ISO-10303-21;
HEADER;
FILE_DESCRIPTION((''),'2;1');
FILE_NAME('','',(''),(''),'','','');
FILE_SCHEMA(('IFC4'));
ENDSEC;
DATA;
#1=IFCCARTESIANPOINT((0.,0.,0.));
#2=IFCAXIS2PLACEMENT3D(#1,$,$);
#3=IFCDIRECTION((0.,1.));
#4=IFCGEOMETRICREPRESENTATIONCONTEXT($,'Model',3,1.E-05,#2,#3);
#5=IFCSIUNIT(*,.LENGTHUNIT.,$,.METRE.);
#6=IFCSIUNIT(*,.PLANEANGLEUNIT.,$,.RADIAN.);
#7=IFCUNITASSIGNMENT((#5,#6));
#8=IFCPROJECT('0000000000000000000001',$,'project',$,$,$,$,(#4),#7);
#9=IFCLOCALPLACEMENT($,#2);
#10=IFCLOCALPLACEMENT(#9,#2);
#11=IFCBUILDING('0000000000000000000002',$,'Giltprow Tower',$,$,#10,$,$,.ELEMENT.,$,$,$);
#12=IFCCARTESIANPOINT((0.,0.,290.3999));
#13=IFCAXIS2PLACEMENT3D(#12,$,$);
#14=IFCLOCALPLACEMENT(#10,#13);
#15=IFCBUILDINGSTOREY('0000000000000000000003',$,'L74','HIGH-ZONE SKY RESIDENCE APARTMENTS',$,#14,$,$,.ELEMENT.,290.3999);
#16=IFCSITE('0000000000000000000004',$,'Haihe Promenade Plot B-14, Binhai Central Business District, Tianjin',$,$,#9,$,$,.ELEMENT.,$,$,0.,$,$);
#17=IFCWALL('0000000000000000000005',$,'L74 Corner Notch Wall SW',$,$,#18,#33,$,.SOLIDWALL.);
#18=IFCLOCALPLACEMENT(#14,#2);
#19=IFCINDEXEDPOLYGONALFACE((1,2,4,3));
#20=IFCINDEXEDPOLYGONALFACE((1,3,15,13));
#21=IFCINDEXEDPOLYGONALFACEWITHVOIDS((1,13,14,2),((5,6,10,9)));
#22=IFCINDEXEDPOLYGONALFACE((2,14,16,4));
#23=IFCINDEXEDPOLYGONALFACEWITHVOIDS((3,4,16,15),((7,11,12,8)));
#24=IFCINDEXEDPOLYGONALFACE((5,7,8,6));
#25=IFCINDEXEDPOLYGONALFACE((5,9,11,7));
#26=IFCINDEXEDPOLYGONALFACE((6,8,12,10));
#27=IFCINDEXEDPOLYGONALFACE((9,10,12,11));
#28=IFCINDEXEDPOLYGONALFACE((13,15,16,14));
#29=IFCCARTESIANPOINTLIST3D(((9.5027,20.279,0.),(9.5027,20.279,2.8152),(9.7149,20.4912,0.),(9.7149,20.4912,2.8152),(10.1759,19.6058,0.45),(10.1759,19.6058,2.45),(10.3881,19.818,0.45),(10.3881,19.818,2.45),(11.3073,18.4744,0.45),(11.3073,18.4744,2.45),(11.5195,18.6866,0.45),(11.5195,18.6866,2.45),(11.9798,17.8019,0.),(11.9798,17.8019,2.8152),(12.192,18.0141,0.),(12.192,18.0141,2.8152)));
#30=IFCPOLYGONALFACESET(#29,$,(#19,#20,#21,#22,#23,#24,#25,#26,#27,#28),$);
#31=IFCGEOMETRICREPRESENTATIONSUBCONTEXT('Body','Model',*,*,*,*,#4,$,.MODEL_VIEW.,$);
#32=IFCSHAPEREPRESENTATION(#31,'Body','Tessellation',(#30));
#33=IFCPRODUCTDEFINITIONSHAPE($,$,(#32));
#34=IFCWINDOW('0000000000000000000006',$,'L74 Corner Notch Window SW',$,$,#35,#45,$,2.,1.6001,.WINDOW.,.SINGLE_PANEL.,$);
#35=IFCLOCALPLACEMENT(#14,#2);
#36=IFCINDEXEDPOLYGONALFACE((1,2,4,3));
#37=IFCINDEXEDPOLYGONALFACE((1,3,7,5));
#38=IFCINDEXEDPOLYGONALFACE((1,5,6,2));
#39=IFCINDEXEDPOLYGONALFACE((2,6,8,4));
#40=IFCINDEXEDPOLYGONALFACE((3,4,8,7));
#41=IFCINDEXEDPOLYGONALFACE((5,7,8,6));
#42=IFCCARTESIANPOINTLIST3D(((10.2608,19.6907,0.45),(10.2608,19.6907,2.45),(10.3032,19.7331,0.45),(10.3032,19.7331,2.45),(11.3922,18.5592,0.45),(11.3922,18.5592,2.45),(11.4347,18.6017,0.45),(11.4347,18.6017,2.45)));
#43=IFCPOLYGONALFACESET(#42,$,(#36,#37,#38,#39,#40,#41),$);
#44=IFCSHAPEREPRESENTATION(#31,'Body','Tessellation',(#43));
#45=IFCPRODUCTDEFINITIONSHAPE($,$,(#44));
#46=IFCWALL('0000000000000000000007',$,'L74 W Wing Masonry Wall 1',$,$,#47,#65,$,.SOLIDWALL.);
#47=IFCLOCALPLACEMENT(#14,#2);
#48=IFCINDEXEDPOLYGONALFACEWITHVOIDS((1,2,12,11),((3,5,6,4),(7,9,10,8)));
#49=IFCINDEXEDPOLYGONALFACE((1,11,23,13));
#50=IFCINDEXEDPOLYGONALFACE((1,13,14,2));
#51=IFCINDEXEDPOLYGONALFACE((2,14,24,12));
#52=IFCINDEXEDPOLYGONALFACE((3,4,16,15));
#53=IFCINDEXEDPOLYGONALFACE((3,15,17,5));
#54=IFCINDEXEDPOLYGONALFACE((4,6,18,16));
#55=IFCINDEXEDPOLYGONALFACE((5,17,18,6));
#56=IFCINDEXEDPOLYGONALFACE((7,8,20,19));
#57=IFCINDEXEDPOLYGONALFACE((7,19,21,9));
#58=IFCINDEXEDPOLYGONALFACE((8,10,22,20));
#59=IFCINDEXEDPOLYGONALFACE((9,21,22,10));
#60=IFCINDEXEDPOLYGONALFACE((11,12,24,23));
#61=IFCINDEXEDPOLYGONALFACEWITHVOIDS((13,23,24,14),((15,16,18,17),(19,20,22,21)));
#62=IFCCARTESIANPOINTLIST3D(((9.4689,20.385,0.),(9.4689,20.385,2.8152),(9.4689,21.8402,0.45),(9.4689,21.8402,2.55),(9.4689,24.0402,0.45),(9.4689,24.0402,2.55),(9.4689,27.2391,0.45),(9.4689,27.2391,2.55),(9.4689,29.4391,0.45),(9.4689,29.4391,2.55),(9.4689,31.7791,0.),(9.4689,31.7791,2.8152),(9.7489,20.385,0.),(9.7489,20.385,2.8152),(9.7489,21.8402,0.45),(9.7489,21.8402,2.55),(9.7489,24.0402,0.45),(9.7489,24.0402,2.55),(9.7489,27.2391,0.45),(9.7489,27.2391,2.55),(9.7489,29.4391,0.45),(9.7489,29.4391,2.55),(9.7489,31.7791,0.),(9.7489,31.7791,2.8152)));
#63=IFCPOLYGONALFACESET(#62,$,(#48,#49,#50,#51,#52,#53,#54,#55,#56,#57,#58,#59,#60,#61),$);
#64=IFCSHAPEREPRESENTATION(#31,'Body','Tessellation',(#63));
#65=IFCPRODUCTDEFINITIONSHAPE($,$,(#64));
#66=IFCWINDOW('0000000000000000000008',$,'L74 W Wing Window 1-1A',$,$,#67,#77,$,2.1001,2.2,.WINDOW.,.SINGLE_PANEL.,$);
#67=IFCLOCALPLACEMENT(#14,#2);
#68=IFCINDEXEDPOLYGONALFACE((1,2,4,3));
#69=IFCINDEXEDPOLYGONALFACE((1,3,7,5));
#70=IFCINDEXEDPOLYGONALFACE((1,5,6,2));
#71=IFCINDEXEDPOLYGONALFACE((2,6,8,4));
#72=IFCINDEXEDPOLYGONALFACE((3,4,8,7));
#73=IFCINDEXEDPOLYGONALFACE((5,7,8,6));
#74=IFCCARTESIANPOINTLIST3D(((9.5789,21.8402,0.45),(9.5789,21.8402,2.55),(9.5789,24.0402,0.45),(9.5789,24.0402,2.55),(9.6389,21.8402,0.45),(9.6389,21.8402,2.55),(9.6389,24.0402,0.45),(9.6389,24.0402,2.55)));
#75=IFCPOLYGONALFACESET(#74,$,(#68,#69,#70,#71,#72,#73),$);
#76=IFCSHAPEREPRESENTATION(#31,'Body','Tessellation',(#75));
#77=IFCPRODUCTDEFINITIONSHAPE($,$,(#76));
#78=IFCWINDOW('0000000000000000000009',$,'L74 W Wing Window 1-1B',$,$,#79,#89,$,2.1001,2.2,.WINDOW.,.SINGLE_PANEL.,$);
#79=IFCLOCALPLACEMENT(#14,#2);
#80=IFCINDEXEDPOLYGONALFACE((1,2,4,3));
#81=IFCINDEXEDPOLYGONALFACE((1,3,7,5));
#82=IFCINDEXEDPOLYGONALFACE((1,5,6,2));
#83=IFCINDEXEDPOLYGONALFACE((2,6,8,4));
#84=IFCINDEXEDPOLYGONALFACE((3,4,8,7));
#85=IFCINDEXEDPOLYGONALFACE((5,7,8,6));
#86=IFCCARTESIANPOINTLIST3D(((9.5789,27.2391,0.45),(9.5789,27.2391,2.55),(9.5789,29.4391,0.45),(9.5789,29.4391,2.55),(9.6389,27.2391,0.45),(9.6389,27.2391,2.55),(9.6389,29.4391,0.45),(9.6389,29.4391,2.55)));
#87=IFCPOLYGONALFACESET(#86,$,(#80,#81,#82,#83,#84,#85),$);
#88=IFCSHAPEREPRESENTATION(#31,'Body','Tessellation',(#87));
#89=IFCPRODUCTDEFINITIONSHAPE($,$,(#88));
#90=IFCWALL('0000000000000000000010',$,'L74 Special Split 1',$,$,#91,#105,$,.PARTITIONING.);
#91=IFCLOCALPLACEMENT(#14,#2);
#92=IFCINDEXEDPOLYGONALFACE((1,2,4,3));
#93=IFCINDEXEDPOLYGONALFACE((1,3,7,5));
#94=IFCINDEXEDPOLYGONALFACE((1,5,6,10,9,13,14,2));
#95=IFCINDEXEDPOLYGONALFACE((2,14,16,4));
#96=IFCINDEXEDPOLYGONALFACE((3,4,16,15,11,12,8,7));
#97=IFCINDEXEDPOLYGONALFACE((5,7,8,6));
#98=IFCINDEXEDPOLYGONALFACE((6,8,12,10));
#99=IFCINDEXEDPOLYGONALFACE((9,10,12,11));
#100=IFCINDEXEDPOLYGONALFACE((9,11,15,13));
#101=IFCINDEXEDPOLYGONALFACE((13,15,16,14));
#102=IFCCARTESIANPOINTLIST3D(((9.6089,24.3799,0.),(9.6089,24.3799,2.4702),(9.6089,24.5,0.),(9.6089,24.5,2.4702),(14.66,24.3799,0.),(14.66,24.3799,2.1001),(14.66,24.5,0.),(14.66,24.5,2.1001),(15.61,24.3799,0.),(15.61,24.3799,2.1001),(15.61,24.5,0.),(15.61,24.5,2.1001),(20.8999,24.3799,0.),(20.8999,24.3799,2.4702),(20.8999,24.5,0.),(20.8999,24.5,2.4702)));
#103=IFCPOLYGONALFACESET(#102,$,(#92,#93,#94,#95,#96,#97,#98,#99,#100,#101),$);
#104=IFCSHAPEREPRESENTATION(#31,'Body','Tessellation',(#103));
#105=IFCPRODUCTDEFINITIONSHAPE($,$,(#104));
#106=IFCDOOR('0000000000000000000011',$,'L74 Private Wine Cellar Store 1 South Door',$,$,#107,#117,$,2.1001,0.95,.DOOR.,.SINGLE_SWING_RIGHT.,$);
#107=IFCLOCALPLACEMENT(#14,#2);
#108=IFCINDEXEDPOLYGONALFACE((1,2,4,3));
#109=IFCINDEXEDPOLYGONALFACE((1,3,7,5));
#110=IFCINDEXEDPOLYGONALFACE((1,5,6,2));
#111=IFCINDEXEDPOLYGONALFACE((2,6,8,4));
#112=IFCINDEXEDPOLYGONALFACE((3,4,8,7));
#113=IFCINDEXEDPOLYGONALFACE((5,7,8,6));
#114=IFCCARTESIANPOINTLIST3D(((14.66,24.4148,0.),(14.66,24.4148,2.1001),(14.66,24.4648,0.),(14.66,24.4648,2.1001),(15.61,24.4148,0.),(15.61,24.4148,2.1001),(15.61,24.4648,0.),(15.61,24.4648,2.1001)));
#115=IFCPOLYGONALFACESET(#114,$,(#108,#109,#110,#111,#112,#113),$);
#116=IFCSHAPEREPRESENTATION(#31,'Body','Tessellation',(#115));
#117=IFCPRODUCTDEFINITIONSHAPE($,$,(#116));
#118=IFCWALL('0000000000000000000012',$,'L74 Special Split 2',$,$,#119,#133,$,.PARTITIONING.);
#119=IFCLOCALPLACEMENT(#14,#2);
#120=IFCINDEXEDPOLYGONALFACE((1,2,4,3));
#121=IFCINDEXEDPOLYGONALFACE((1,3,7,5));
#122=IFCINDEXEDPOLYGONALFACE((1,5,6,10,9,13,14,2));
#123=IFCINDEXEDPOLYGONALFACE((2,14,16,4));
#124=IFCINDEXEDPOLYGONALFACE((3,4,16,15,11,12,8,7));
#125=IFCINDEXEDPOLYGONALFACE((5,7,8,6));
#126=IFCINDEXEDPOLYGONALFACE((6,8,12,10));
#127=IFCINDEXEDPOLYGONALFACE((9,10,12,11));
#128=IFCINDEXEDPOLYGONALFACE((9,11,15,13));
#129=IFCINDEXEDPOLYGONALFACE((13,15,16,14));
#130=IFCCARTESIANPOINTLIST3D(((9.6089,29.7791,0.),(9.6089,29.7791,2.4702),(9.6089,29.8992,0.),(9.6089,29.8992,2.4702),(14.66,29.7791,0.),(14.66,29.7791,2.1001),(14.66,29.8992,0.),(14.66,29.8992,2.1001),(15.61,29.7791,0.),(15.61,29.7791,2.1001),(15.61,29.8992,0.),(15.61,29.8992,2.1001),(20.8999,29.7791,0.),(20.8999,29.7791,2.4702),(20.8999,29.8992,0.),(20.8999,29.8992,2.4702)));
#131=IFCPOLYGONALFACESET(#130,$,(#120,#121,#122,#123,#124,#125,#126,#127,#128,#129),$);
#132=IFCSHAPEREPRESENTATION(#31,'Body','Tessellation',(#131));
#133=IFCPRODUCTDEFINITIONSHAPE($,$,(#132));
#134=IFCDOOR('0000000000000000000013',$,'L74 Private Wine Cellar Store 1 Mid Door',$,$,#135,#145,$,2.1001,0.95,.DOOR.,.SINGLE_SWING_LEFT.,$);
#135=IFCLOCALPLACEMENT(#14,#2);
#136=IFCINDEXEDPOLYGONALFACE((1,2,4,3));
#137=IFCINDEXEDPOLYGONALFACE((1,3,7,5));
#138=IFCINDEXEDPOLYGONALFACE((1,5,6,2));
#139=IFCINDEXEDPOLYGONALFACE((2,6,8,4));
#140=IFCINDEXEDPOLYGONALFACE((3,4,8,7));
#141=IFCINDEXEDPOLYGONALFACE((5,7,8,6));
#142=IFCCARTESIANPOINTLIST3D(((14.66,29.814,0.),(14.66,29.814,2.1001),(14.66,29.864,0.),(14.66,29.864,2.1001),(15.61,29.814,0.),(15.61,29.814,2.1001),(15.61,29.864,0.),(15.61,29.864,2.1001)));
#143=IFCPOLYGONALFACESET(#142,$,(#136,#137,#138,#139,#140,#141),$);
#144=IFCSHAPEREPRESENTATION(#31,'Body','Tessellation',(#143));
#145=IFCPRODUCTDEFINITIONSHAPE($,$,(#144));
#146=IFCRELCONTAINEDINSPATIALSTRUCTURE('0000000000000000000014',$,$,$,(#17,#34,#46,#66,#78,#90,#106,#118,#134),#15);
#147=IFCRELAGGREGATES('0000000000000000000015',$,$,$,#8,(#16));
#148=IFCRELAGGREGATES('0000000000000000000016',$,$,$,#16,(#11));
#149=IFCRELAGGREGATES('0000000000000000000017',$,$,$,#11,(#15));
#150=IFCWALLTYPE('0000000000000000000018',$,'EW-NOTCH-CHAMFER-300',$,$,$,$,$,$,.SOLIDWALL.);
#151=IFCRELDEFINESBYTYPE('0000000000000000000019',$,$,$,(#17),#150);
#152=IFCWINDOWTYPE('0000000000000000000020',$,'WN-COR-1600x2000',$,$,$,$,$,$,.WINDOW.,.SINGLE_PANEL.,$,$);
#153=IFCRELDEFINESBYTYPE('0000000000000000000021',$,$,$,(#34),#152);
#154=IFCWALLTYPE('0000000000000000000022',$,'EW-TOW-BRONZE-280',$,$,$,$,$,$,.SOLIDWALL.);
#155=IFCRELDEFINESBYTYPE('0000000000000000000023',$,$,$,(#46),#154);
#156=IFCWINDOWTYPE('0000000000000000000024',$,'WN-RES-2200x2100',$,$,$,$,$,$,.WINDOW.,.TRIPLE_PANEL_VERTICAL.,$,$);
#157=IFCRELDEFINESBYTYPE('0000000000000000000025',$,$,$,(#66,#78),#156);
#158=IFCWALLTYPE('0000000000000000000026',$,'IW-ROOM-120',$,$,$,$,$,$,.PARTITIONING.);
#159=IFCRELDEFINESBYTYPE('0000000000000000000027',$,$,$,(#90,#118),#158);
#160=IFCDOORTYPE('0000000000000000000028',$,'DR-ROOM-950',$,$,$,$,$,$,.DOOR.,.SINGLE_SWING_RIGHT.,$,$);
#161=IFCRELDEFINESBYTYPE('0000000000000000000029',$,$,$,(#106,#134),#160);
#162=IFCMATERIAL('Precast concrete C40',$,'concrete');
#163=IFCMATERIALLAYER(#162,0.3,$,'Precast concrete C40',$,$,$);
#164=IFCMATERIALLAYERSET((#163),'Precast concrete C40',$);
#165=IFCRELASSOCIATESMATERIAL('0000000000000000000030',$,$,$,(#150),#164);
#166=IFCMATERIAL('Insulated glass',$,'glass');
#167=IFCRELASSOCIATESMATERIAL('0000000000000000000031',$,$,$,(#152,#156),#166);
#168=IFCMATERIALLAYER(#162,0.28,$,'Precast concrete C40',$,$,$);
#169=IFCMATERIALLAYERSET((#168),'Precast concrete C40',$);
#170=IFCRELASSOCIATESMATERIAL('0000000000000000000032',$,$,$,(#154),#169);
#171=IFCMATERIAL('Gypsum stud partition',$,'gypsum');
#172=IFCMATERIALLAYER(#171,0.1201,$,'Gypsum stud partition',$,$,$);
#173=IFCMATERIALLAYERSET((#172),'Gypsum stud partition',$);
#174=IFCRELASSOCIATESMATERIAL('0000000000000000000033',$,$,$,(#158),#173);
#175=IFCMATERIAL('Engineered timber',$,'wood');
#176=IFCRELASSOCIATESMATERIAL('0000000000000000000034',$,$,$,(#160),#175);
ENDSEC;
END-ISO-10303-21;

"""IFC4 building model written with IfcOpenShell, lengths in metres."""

from ifc_helpers import new_model, si_unit, direction, frame, frame_2d, origin, place, context, subcontext, project, spatial, rectangle, extrude, source, transform, mapped, material, layer, layer_set, type_object, element, fill, save


model = new_model("IFC4")

# Units and contexts
model_context = context("Model", 3, precision=1e-05, world=origin(), true_north=direction((0.0, 1.0)))
body_context = subcontext(model_context, "Body", "Model", "MODEL_VIEW")
ifc_project = project(units=[si_unit("LENGTHUNIT", "METRE"), si_unit("PLANEANGLEUNIT", "RADIAN")], contexts=[model_context])

# Site, building, storey
site_placement = place(None, origin())
site = spatial("IfcSite", under=ifc_project, at=site_placement, Name="Haihe Promenade Plot B-14, Binhai Central Business District, Tianjin", CompositionType="ELEMENT", RefElevation=0.0)
building_placement = place(site_placement, origin())
building = spatial("IfcBuilding", under=site, at=building_placement, Name="Giltprow Tower", CompositionType="ELEMENT")
storey_placement = place(building_placement, frame((0.0, 0.0, 290.3999)))
storey = spatial("IfcBuildingStorey", under=building, at=storey_placement, Name="L74", Description="HIGH-ZONE SKY RESIDENCE APARTMENTS", CompositionType="ELEMENT", Elevation=290.3999)

# Shared definitions
ifc_material_1 = material(Name="Insulated glass", Category="glass")

# Wall, opening, window
ifc_material_2 = material(Name="Precast concrete C40", Category="concrete")
ifc_layer_1 = layer(ifc_material_2, 0.3, Name="Precast concrete C40")
ifc_layer_set_1 = layer_set([ifc_layer_1], Name="Precast concrete C40")
wall_type_1 = type_object("IfcWallType", Name="EW-NOTCH-CHAMFER-300", PredefinedType="SOLIDWALL", material=ifc_layer_set_1)
wall_1_placement = place(storey_placement, frame((9.6089, 20.385, 0.0), z_axis=(0.0, 0.0, 1.0), x_axis=(0.707107, -0.707107, 0.0)))
wall_1 = element("IfcWall", 1, at=wall_1_placement, inside=storey, type_object=wall_type_1, Name="L74 Corner Notch Wall SW", PredefinedType="SOLIDWALL", context=body_context, shape_type="SweptSolid", body=[
    extrude(rectangle(XDim=3.5032, YDim=0.3, at=frame_2d((1.7515, 0.0))), origin(), (0.0, 0.0, 1.0), 2.8152),
])
opening_1_placement = place(wall_1_placement, frame((0.9519, 0.0, 0.45)))
opening_1 = element("IfcOpeningElement", 2, at=opening_1_placement, cuts=wall_1, PredefinedType="OPENING", context=body_context, shape_type="SweptSolid", body=[
    extrude(rectangle(XDim=1.6001, YDim=2.0, at=frame_2d((0.8, 1.0))), frame((0.0, 0.1599, 0.0), z_axis=(0.0, -1.0, 0.0), x_axis=(1.0, 0.0, 0.0)), (0.0, 0.0, 1.0), 0.3201),
])
window_type_1 = type_object("IfcWindowType", Name="WN-COR-1600x2000", PartitioningType="SINGLE_PANEL", PredefinedType="WINDOW", material=ifc_material_1)
shared_shape_1 = source(origin(), body_context, "Body", "SweptSolid", [
    extrude(rectangle(XDim=1.6001, YDim=2.0, at=frame_2d((0.8, 1.0))), frame((0.0, 0.03, 0.0), z_axis=(0.0, -1.0, 0.0), x_axis=(1.0, 0.0, 0.0)), (0.0, 0.0, 1.0), 0.0601),
])
window_1_placement = place(opening_1_placement, origin())
window_1 = element("IfcWindow", 3, at=window_1_placement, inside=storey, type_object=window_type_1, Name="L74 Corner Notch Window SW", OverallHeight=2.0, OverallWidth=1.6001, PartitioningType="SINGLE_PANEL", PredefinedType="WINDOW", context=body_context, shape_type="MappedRepresentation", body=[
    mapped(shared_shape_1, transform((0.0, 0.0, 0.0), x_axis=(1.0, 0.0, 0.0), y_axis=(0.0, 1.0, 0.0), z_axis=(0.0, 0.0, 1.0), scale=1.0)),
])
fill(opening_1, window_1)

# Wall, openings, windows
ifc_layer_2 = layer(ifc_material_2, 0.28, Name="Precast concrete C40")
ifc_layer_set_2 = layer_set([ifc_layer_2], Name="Precast concrete C40")
wall_type_2 = type_object("IfcWallType", Name="EW-TOW-BRONZE-280", PredefinedType="SOLIDWALL", material=ifc_layer_set_2)
wall_2_placement = place(storey_placement, frame((9.6089, 20.385, 0.0), z_axis=(0.0, 0.0, 1.0), x_axis=(0.0, 1.0, 0.0)))
wall_2 = element("IfcWall", 4, at=wall_2_placement, inside=storey, type_object=wall_type_2, Name="L74 W Wing Masonry Wall 1", PredefinedType="SOLIDWALL", context=body_context, shape_type="SweptSolid", body=[
    extrude(rectangle(XDim=11.394, YDim=0.28, at=frame_2d((5.697, 0.0))), origin(), (0.0, 0.0, 1.0), 2.8152),
])
opening_2_placement = place(wall_2_placement, frame((1.4551, 0.0, 0.45)))
opening_2 = element("IfcOpeningElement", 5, at=opening_2_placement, cuts=wall_2, PredefinedType="OPENING", context=body_context, shape_type="SweptSolid", body=[
    extrude(rectangle(XDim=2.2, YDim=2.1001, at=frame_2d((1.1001, 1.05))), frame((0.0, 0.1499, 0.0), z_axis=(0.0, -1.0, 0.0), x_axis=(1.0, 0.0, 0.0)), (0.0, 0.0, 1.0), 0.3),
])
opening_3_placement = place(wall_2_placement, frame((6.854, 0.0, 0.45)))
opening_3 = element("IfcOpeningElement", 6, at=opening_3_placement, cuts=wall_2, PredefinedType="OPENING", context=body_context, shape_type="SweptSolid", body=[
    extrude(rectangle(XDim=2.2, YDim=2.1001, at=frame_2d((1.1001, 1.05))), frame((0.0, 0.1499, 0.0), z_axis=(0.0, -1.0, 0.0), x_axis=(1.0, 0.0, 0.0)), (0.0, 0.0, 1.0), 0.3),
])
window_type_2 = type_object("IfcWindowType", Name="WN-RES-2200x2100", PartitioningType="TRIPLE_PANEL_VERTICAL", PredefinedType="WINDOW", material=ifc_material_1)
shared_shape_2 = source(origin(), body_context, "Body", "SweptSolid", [
    extrude(rectangle(XDim=2.2, YDim=2.1001, at=frame_2d((1.1001, 1.05))), frame((0.0, 0.03, 0.0), z_axis=(0.0, -1.0, 0.0), x_axis=(1.0, 0.0, 0.0)), (0.0, 0.0, 1.0), 0.0601),
])
window_2_placement = place(opening_2_placement, origin())
window_2 = element("IfcWindow", 7, at=window_2_placement, inside=storey, type_object=window_type_2, Name="L74 W Wing Window 1-1A", OverallHeight=2.1001, OverallWidth=2.2, PartitioningType="SINGLE_PANEL", PredefinedType="WINDOW", context=body_context, shape_type="MappedRepresentation", body=[
    mapped(shared_shape_2, transform((0.0, 0.0, 0.0), x_axis=(1.0, 0.0, 0.0), y_axis=(0.0, 1.0, 0.0), z_axis=(0.0, 0.0, 1.0), scale=1.0)),
])
fill(opening_2, window_2)
window_3_placement = place(opening_3_placement, origin())
window_3 = element("IfcWindow", 8, at=window_3_placement, inside=storey, type_object=window_type_2, Name="L74 W Wing Window 1-1B", OverallHeight=2.1001, OverallWidth=2.2, PartitioningType="SINGLE_PANEL", PredefinedType="WINDOW", context=body_context, shape_type="MappedRepresentation", body=[
    mapped(shared_shape_2, transform((0.0, 0.0, 0.0), x_axis=(1.0, 0.0, 0.0), y_axis=(0.0, 1.0, 0.0), z_axis=(0.0, 0.0, 1.0), scale=1.0)),
])
fill(opening_3, window_3)

# Walls, openings, doors
ifc_material_3 = material(Name="Gypsum stud partition", Category="gypsum")
ifc_layer_3 = layer(ifc_material_3, 0.1201, Name="Gypsum stud partition")
ifc_layer_set_3 = layer_set([ifc_layer_3], Name="Gypsum stud partition")
wall_type_3 = type_object("IfcWallType", Name="IW-ROOM-120", PredefinedType="PARTITIONING", material=ifc_layer_set_3)
wall_3_placement = place(storey_placement, frame((9.6089, 24.4399, 0.0), z_axis=(0.0, 0.0, 1.0), x_axis=(1.0, 0.0, 0.0)))
wall_3 = element("IfcWall", 9, at=wall_3_placement, inside=storey, type_object=wall_type_3, Name="L74 Special Split 1", PredefinedType="PARTITIONING", context=body_context, shape_type="SweptSolid", body=[
    extrude(rectangle(XDim=11.291, YDim=0.1201, at=frame_2d((5.6455, 0.0))), origin(), (0.0, 0.0, 1.0), 2.4702),
])
opening_4_placement = place(wall_3_placement, frame((5.051, 0.0, 0.0)))
opening_4 = element("IfcOpeningElement", 10, at=opening_4_placement, cuts=wall_3, PredefinedType="OPENING", context=body_context, shape_type="SweptSolid", body=[
    extrude(rectangle(XDim=0.95, YDim=2.1001, at=frame_2d((0.4751, 1.05))), frame((0.0, 0.0701, 0.0), z_axis=(0.0, -1.0, 0.0), x_axis=(1.0, 0.0, 0.0)), (0.0, 0.0, 1.0), 0.1401),
])
ifc_material_4 = material(Name="Engineered timber", Category="wood")
door_type = type_object("IfcDoorType", Name="DR-ROOM-950", OperationType="SINGLE_SWING_RIGHT", PredefinedType="DOOR", material=ifc_material_4)
shared_shape_3 = source(origin(), body_context, "Body", "SweptSolid", [
    extrude(rectangle(XDim=0.95, YDim=2.1001, at=frame_2d((0.4751, 1.05))), frame((0.0, 0.0249, 0.0), z_axis=(0.0, -1.0, 0.0), x_axis=(1.0, 0.0, 0.0)), (0.0, 0.0, 1.0), 0.05),
])
door_1_placement = place(opening_4_placement, origin())
door_1 = element("IfcDoor", 11, at=door_1_placement, inside=storey, type_object=door_type, Name="L74 Private Wine Cellar Store 1 South Door", OperationType="SINGLE_SWING_RIGHT", OverallHeight=2.1001, OverallWidth=0.95, PredefinedType="DOOR", context=body_context, shape_type="MappedRepresentation", body=[
    mapped(shared_shape_3, transform((0.0, 0.0, 0.0), x_axis=(1.0, 0.0, 0.0), y_axis=(0.0, 1.0, 0.0), z_axis=(0.0, 0.0, 1.0), scale=1.0)),
])
fill(opening_4, door_1)
wall_4_placement = place(storey_placement, frame((9.6089, 29.8391, 0.0), z_axis=(0.0, 0.0, 1.0), x_axis=(1.0, 0.0, 0.0)))
wall_4 = element("IfcWall", 12, at=wall_4_placement, inside=storey, type_object=wall_type_3, Name="L74 Special Split 2", PredefinedType="PARTITIONING", context=body_context, shape_type="SweptSolid", body=[
    extrude(rectangle(XDim=11.291, YDim=0.1201, at=frame_2d((5.6455, 0.0))), origin(), (0.0, 0.0, 1.0), 2.4702),
])
opening_5_placement = place(wall_4_placement, frame((5.051, 0.0, 0.0)))
opening_5 = element("IfcOpeningElement", 13, at=opening_5_placement, cuts=wall_4, PredefinedType="OPENING", context=body_context, shape_type="SweptSolid", body=[
    extrude(rectangle(XDim=0.95, YDim=2.1001, at=frame_2d((0.4751, 1.05))), frame((0.0, 0.0701, 0.0), z_axis=(0.0, -1.0, 0.0), x_axis=(1.0, 0.0, 0.0)), (0.0, 0.0, 1.0), 0.1401),
])
door_2_placement = place(opening_5_placement, origin())
door_2 = element("IfcDoor", 14, at=door_2_placement, inside=storey, type_object=door_type, Name="L74 Private Wine Cellar Store 1 Mid Door", OperationType="SINGLE_SWING_LEFT", OverallHeight=2.1001, OverallWidth=0.95, PredefinedType="DOOR", context=body_context, shape_type="MappedRepresentation", body=[
    mapped(shared_shape_3, transform((0.0, 0.0, 0.0), x_axis=(1.0, 0.0, 0.0), y_axis=(0.0, 1.0, 0.0), z_axis=(0.0, 0.0, 1.0), scale=1.0)),
])
fill(opening_5, door_2)

save(model, "model.ifc")
